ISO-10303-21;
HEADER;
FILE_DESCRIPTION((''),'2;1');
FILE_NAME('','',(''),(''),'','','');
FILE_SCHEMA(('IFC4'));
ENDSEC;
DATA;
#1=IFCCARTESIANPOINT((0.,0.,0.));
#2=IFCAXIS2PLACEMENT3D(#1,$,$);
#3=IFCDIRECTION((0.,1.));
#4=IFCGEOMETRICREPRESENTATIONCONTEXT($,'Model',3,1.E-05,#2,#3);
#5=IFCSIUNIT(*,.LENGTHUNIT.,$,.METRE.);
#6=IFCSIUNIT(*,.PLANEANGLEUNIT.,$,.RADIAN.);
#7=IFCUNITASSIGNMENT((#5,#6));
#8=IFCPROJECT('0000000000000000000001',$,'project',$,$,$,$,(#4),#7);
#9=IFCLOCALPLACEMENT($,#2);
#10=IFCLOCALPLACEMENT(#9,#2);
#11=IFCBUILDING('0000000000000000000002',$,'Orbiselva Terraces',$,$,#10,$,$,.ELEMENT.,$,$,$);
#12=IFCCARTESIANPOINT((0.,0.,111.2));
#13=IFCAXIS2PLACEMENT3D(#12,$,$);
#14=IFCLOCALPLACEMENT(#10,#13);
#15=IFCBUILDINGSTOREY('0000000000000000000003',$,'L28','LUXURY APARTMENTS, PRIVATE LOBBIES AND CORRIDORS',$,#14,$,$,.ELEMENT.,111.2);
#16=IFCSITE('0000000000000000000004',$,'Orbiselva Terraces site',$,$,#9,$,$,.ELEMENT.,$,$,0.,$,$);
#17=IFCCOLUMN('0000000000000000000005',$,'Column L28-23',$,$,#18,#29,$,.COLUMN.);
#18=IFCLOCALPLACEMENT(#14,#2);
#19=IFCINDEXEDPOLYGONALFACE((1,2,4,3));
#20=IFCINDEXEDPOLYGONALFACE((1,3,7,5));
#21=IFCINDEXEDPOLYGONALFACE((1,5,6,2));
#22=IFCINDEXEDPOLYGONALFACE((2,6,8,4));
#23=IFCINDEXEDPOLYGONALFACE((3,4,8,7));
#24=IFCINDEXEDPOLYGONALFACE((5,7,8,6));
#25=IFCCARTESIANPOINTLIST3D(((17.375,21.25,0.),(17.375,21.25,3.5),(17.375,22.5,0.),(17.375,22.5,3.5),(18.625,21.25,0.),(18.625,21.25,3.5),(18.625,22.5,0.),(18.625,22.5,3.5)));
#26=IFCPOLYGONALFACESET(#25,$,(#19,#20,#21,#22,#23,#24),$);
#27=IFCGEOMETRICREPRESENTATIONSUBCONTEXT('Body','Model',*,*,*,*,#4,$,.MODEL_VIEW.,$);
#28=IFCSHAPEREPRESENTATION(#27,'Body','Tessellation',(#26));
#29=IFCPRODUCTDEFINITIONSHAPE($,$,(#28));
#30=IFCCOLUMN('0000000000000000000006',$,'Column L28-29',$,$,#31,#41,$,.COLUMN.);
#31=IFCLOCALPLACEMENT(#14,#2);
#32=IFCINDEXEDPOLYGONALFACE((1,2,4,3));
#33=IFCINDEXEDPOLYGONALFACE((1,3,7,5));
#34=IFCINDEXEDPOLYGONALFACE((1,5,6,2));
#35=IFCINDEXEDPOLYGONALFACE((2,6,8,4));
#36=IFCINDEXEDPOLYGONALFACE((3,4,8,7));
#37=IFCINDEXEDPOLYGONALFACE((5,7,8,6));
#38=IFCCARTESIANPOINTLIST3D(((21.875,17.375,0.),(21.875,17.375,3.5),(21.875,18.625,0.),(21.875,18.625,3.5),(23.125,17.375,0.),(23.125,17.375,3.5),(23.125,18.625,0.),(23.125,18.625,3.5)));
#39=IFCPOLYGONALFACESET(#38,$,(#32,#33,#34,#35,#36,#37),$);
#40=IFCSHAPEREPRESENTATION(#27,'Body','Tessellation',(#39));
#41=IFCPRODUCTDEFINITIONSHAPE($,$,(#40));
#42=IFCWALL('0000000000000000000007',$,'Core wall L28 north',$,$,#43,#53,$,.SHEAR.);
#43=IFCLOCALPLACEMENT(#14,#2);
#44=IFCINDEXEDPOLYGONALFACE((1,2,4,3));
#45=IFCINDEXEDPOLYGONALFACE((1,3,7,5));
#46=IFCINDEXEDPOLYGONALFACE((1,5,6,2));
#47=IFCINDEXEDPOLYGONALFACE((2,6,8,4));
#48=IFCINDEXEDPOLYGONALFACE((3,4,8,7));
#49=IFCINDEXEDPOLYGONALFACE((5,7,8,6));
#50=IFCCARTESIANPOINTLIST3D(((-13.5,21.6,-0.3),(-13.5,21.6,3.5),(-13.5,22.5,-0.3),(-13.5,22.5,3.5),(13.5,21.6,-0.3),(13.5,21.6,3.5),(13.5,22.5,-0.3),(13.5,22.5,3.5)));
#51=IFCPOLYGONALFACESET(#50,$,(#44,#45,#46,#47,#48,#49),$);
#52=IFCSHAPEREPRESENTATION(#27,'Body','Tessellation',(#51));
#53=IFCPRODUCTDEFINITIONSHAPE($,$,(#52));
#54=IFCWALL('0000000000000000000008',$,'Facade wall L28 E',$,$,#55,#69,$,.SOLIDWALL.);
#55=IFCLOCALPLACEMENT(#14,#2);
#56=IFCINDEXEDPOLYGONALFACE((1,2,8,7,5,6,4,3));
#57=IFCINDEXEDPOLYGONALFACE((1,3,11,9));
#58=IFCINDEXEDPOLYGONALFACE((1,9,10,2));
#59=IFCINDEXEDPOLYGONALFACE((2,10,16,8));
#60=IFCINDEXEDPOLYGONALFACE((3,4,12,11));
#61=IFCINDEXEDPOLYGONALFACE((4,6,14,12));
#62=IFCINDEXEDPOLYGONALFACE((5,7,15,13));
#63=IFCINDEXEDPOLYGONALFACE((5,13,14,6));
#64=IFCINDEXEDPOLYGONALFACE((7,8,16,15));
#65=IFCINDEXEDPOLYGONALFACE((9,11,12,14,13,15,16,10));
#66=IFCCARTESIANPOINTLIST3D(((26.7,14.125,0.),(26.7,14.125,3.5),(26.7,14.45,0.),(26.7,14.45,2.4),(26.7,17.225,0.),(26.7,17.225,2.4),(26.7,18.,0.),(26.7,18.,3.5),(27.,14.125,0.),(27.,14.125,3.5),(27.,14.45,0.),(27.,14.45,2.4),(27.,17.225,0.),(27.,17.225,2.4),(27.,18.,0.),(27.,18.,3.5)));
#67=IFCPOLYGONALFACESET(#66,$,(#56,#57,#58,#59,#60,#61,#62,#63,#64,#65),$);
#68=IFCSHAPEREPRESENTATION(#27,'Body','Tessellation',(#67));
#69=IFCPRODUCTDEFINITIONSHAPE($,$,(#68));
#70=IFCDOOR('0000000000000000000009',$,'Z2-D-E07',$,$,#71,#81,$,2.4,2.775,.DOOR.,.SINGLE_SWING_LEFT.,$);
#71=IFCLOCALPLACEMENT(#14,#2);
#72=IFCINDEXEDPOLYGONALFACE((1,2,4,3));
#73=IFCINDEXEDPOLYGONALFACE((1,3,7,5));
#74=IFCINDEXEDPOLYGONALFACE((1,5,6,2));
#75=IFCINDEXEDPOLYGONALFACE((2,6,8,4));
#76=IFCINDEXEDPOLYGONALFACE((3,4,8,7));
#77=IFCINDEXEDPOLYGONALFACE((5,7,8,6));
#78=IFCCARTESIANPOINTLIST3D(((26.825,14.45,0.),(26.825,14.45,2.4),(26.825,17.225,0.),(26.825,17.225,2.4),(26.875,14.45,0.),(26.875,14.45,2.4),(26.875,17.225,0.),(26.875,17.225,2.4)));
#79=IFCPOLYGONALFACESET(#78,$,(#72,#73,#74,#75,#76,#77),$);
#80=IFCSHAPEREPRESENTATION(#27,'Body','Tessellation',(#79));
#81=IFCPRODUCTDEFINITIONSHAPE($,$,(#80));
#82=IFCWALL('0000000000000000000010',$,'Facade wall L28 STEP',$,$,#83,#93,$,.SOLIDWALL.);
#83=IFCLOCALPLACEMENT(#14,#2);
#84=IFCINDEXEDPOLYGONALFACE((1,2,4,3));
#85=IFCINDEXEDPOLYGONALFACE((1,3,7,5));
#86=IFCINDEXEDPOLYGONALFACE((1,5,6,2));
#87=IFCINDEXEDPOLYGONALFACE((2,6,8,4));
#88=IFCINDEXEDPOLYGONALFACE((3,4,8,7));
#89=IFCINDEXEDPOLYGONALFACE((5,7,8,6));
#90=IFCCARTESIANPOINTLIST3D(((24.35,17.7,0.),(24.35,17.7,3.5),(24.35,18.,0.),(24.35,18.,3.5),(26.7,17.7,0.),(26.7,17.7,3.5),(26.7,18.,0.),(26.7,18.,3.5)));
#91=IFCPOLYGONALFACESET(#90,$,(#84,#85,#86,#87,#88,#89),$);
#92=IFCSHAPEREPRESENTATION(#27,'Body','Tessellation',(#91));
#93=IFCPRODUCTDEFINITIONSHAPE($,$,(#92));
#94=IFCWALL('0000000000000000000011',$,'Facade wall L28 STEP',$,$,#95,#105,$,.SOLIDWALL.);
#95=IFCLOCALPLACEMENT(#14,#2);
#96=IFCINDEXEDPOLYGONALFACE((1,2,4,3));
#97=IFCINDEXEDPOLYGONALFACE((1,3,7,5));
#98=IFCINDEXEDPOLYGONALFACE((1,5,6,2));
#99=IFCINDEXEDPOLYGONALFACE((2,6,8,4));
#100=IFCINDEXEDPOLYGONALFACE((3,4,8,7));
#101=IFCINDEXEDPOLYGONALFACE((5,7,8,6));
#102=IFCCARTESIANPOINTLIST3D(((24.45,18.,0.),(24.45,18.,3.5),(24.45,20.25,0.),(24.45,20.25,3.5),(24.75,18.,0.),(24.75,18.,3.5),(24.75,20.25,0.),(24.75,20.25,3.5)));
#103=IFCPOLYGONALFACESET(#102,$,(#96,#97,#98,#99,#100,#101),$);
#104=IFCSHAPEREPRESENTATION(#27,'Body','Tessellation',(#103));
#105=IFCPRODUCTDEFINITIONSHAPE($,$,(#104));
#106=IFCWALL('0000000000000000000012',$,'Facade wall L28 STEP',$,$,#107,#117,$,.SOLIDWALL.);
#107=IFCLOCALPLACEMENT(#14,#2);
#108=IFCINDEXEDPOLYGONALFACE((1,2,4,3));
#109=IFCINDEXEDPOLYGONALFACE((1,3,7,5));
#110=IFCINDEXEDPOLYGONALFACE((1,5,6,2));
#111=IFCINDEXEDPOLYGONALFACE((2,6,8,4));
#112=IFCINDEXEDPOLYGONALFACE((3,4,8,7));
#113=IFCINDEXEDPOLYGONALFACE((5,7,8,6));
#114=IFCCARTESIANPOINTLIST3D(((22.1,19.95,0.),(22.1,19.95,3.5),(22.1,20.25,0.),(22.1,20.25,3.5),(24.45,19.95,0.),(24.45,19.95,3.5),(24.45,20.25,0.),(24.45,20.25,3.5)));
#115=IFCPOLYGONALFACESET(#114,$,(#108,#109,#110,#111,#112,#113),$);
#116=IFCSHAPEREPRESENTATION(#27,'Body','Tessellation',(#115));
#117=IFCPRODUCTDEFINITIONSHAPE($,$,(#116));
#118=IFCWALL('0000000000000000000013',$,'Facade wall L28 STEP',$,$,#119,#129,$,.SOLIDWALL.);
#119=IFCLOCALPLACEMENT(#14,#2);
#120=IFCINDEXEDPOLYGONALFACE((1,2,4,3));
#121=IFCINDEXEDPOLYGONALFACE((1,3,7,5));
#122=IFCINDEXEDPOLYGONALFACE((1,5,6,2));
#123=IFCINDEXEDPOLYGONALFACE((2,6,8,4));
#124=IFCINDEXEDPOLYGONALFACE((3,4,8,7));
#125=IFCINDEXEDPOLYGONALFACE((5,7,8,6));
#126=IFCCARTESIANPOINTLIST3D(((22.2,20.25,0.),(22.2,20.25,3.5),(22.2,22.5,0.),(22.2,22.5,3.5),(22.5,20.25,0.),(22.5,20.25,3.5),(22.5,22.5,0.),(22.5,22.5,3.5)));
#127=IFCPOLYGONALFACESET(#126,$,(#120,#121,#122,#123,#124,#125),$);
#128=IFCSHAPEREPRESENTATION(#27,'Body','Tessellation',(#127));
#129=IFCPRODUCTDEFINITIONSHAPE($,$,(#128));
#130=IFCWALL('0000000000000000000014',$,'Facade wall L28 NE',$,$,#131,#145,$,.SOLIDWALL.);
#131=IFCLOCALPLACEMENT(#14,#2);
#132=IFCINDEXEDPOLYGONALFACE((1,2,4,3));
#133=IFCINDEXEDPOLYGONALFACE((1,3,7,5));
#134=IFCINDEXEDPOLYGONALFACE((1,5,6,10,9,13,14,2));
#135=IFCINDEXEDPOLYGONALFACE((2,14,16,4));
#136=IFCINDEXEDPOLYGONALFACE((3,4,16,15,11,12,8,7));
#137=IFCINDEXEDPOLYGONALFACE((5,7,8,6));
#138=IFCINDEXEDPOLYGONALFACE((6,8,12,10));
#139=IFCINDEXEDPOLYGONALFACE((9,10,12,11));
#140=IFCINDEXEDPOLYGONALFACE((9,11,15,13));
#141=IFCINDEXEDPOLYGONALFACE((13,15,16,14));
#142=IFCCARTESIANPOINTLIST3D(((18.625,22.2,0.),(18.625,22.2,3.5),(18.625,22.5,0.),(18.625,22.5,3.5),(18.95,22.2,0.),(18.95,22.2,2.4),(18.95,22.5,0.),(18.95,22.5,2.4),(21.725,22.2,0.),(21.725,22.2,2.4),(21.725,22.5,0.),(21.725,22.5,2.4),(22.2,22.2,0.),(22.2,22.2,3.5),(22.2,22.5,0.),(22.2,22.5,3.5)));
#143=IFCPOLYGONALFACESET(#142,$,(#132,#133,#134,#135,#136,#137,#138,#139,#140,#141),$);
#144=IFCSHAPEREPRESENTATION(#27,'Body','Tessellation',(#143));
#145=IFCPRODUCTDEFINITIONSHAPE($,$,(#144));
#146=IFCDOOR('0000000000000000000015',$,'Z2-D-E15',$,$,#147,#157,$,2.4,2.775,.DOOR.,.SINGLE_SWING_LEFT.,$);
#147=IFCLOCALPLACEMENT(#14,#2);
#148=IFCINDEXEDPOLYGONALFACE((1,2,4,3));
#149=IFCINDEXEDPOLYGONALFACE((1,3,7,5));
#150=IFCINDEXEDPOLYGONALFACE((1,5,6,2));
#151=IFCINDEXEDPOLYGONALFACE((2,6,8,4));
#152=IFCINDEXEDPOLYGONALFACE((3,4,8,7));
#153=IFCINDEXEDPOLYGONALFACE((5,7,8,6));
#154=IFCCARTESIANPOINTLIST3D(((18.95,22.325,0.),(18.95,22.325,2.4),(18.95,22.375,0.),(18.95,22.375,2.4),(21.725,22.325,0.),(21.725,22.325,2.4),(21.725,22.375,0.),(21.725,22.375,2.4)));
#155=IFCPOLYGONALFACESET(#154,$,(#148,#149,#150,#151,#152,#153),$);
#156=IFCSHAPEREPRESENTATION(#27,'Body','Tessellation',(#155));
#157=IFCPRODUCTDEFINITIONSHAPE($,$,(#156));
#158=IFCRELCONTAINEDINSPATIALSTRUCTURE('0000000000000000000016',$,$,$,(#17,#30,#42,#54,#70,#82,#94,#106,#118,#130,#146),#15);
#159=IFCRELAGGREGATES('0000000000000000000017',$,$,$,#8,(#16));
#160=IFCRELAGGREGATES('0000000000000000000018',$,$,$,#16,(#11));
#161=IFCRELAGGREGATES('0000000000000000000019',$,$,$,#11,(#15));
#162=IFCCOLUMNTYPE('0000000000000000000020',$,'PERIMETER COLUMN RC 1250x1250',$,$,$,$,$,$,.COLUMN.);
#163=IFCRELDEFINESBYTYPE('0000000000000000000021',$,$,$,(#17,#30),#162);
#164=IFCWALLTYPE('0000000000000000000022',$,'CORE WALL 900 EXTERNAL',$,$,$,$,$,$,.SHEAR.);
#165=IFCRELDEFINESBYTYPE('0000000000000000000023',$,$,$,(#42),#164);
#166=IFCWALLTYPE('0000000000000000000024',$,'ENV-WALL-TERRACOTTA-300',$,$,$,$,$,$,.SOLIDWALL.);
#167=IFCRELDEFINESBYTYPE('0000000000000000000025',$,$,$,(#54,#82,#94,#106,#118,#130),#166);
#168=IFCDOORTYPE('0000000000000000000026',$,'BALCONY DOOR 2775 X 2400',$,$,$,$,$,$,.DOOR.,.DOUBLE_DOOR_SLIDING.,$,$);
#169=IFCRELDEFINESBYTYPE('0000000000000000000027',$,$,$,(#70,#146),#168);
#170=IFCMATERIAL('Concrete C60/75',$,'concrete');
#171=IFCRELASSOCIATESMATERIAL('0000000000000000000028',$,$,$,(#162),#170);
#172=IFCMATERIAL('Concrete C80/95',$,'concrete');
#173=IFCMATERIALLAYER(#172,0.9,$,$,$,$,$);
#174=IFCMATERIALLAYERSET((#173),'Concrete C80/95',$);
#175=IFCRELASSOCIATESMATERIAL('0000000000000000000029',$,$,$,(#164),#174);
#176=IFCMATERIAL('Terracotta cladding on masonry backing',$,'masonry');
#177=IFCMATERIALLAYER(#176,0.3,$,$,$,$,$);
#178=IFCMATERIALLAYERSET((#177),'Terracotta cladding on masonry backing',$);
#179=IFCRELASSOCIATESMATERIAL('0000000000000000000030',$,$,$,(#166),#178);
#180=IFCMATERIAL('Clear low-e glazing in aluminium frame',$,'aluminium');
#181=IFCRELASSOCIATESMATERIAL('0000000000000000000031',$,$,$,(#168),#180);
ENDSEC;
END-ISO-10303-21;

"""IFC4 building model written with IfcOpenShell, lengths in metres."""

from ifc_helpers import new_model, si_unit, direction, frame, frame_2d, origin, origin_2d, place, context, subcontext, project, spatial, rectangle, extrude, material, layer, layer_set, material_profile, profile_set, type_object, element, fill, save


model = new_model("IFC4")

# Units and contexts
model_context = context("Model", 3, precision=1e-05, world=origin(), true_north=direction((0.0, 1.0)))
body_context = subcontext(model_context, "Body", "Model", "MODEL_VIEW")
ifc_project = project(units=[si_unit("LENGTHUNIT", "METRE"), si_unit("PLANEANGLEUNIT", "RADIAN")], contexts=[model_context])

# Site, building, storey
site_placement = place(None, origin())
site = spatial("IfcSite", under=ifc_project, at=site_placement, Name="Orbiselva Terraces site", CompositionType="ELEMENT", RefElevation=0.0)
building_placement = place(site_placement, origin())
building = spatial("IfcBuilding", under=site, at=building_placement, Name="Orbiselva Terraces", CompositionType="ELEMENT")
storey_placement = place(building_placement, frame((0.0, 0.0, 111.2)))
storey = spatial("IfcBuildingStorey", under=building, at=storey_placement, Name="L28", Description="LUXURY APARTMENTS, PRIVATE LOBBIES AND CORRIDORS", CompositionType="ELEMENT", Elevation=111.2)

# Columns
ifc_material_1 = material(Name="Concrete C60/75", Category="concrete")
ifc_material_profile = material_profile(ifc_material_1, rectangle(XDim=1.25, YDim=1.25, at=origin_2d()), Name="RC 1250x1250")
ifc_profile_set = profile_set([ifc_material_profile], Name="Concrete C60/75")
column_type = type_object("IfcColumnType", Name="PERIMETER COLUMN RC 1250x1250", PredefinedType="COLUMN", material=ifc_profile_set)
for number, where, z_axis, x_axis, name in (
    (1, (18.0, 21.875, 0.0), (0.0, 0.0, 1.0), (1.0, 0.0, 0.0), "Column L28-23"),
    (2, (22.5, 18.0, 0.0), (0.0, 0.0, 1.0), (1.0, 0.0, 0.0), "Column L28-29"),
):
    element("IfcColumn", number, at=place(storey_placement, frame(where, z_axis=z_axis, x_axis=x_axis)), inside=storey, type_object=column_type, Name=name, PredefinedType="COLUMN", context=body_context, shape_type="SweptSolid", body=[
        extrude(rectangle(XDim=1.25, YDim=1.25, at=origin_2d()), origin(), (0.0, 0.0, 1.0), 3.5),
    ])

# Wall
ifc_material_2 = material(Name="Concrete C80/95", Category="concrete")
ifc_layer_1 = layer(ifc_material_2, 0.9)
ifc_layer_set_1 = layer_set([ifc_layer_1], Name="Concrete C80/95")
wall_type_1 = type_object("IfcWallType", Name="CORE WALL 900 EXTERNAL", PredefinedType="SHEAR", material=ifc_layer_set_1)
wall_1_placement = place(storey_placement, frame((13.5, 22.05, -0.3), z_axis=(0.0, 0.0, 1.0), x_axis=(-1.0, 0.0, 0.0)))
element("IfcWall", 3, at=wall_1_placement, inside=storey, type_object=wall_type_1, Name="Core wall L28 north", PredefinedType="SHEAR", context=body_context, shape_type="SweptSolid", body=[
    extrude(rectangle(XDim=27.0, YDim=0.9, at=frame_2d((13.5, 0.0))), origin(), (0.0, 0.0, 1.0), 3.8),
])

# Wall, opening, door
ifc_material_3 = material(Name="Terracotta cladding on masonry backing", Category="masonry")
ifc_layer_2 = layer(ifc_material_3, 0.3)
ifc_layer_set_2 = layer_set([ifc_layer_2], Name="Terracotta cladding on masonry backing")
wall_type_2 = type_object("IfcWallType", Name="ENV-WALL-TERRACOTTA-300", PredefinedType="SOLIDWALL", material=ifc_layer_set_2)
wall_2_placement = place(storey_placement, frame((26.85, 18.0, 0.0), z_axis=(0.0, 0.0, 1.0), x_axis=(0.0, -1.0, 0.0)))
wall_2 = element("IfcWall", 4, at=wall_2_placement, inside=storey, type_object=wall_type_2, Name="Facade wall L28 E", PredefinedType="SOLIDWALL", context=body_context, shape_type="SweptSolid", body=[
    extrude(rectangle(XDim=3.875, YDim=0.3, at=frame_2d((1.9375, 0.0))), origin(), (0.0, 0.0, 1.0), 3.5),
])
opening_1_placement = place(wall_2_placement, frame((0.775, 0.0, 0.0)))
opening_1 = element("IfcOpeningElement", 5, at=opening_1_placement, cuts=wall_2, PredefinedType="OPENING", context=body_context, shape_type="SweptSolid", body=[
    extrude(rectangle(XDim=2.775, YDim=2.4, at=frame_2d((1.3875, 1.2))), frame((0.0, 0.16, 0.0), z_axis=(0.0, -1.0, 0.0), x_axis=(1.0, 0.0, 0.0)), (0.0, 0.0, 1.0), 0.32),
])
ifc_material_4 = material(Name="Clear low-e glazing in aluminium frame", Category="aluminium")
door_type_1 = type_object("IfcDoorType", Name="BALCONY DOOR 2775 X 2400", OperationType="DOUBLE_DOOR_SLIDING", PredefinedType="DOOR", material=ifc_material_4)
door_1_placement = place(opening_1_placement, origin())
door_1 = element("IfcDoor", 6, at=door_1_placement, inside=storey, type_object=door_type_1, Name="Z2-D-E07", OperationType="SINGLE_SWING_LEFT", OverallHeight=2.4, OverallWidth=2.775, PredefinedType="DOOR", context=body_context, shape_type="SweptSolid", body=[
    extrude(rectangle(XDim=2.775, YDim=2.4, at=frame_2d((1.3875, 1.2))), frame((0.0, 0.025, 0.0), z_axis=(0.0, -1.0, 0.0), x_axis=(1.0, 0.0, 0.0)), (0.0, 0.0, 1.0), 0.05),
])
fill(opening_1, door_1)

# Walls
wall_3_placement = place(storey_placement, frame((24.35, 17.85, 0.0), z_axis=(0.0, 0.0, 1.0), x_axis=(1.0, 0.0, 0.0)))
element("IfcWall", 7, at=wall_3_placement, inside=storey, type_object=wall_type_2, Name="Facade wall L28 STEP", PredefinedType="SOLIDWALL", context=body_context, shape_type="SweptSolid", body=[
    extrude(rectangle(XDim=2.35, YDim=0.3, at=frame_2d((1.175, 0.0))), origin(), (0.0, 0.0, 1.0), 3.5),
])
wall_4_placement = place(storey_placement, frame((24.6, 20.25, 0.0), z_axis=(0.0, 0.0, 1.0), x_axis=(0.0, -1.0, 0.0)))
element("IfcWall", 8, at=wall_4_placement, inside=storey, type_object=wall_type_2, Name="Facade wall L28 STEP", PredefinedType="SOLIDWALL", context=body_context, shape_type="SweptSolid", body=[
    extrude(rectangle(XDim=2.25, YDim=0.3, at=frame_2d((1.125, 0.0))), origin(), (0.0, 0.0, 1.0), 3.5),
])
wall_5_placement = place(storey_placement, frame((22.1, 20.1, 0.0), z_axis=(0.0, 0.0, 1.0), x_axis=(1.0, 0.0, 0.0)))
element("IfcWall", 9, at=wall_5_placement, inside=storey, type_object=wall_type_2, Name="Facade wall L28 STEP", PredefinedType="SOLIDWALL", context=body_context, shape_type="SweptSolid", body=[
    extrude(rectangle(XDim=2.35, YDim=0.3, at=frame_2d((1.175, 0.0))), origin(), (0.0, 0.0, 1.0), 3.5),
])
wall_6_placement = place(storey_placement, frame((22.35, 22.5, 0.0), z_axis=(0.0, 0.0, 1.0), x_axis=(0.0, -1.0, 0.0)))
element("IfcWall", 10, at=wall_6_placement, inside=storey, type_object=wall_type_2, Name="Facade wall L28 STEP", PredefinedType="SOLIDWALL", context=body_context, shape_type="SweptSolid", body=[
    extrude(rectangle(XDim=2.25, YDim=0.3, at=frame_2d((1.125, 0.0))), origin(), (0.0, 0.0, 1.0), 3.5),
])

# Wall, opening, door
wall_7_placement = place(storey_placement, frame((18.625, 22.35, 0.0), z_axis=(0.0, 0.0, 1.0), x_axis=(1.0, 0.0, 0.0)))
wall_7 = element("IfcWall", 11, at=wall_7_placement, inside=storey, type_object=wall_type_2, Name="Facade wall L28 NE", PredefinedType="SOLIDWALL", context=body_context, shape_type="SweptSolid", body=[
    extrude(rectangle(XDim=3.575, YDim=0.3, at=frame_2d((1.7875, 0.0))), origin(), (0.0, 0.0, 1.0), 3.5),
])
opening_2_placement = place(wall_7_placement, frame((0.325, 0.0, 0.0)))
opening_2 = element("IfcOpeningElement", 12, at=opening_2_placement, cuts=wall_7, PredefinedType="OPENING", context=body_context, shape_type="SweptSolid", body=[
    extrude(rectangle(XDim=2.775, YDim=2.4, at=frame_2d((1.3875, 1.2))), frame((0.0, 0.16, 0.0), z_axis=(0.0, -1.0, 0.0), x_axis=(1.0, 0.0, 0.0)), (0.0, 0.0, 1.0), 0.32),
])
door_2_placement = place(opening_2_placement, origin())
door_2 = element("IfcDoor", 13, at=door_2_placement, inside=storey, type_object=door_type_1, Name="Z2-D-E15", OperationType="SINGLE_SWING_LEFT", OverallHeight=2.4, OverallWidth=2.775, PredefinedType="DOOR", context=body_context, shape_type="SweptSolid", body=[
    extrude(rectangle(XDim=2.775, YDim=2.4, at=frame_2d((1.3875, 1.2))), frame((0.0, 0.025, 0.0), z_axis=(0.0, -1.0, 0.0), x_axis=(1.0, 0.0, 0.0)), (0.0, 0.0, 1.0), 0.05),
])
fill(opening_2, door_2)

save(model, "model.ifc")
